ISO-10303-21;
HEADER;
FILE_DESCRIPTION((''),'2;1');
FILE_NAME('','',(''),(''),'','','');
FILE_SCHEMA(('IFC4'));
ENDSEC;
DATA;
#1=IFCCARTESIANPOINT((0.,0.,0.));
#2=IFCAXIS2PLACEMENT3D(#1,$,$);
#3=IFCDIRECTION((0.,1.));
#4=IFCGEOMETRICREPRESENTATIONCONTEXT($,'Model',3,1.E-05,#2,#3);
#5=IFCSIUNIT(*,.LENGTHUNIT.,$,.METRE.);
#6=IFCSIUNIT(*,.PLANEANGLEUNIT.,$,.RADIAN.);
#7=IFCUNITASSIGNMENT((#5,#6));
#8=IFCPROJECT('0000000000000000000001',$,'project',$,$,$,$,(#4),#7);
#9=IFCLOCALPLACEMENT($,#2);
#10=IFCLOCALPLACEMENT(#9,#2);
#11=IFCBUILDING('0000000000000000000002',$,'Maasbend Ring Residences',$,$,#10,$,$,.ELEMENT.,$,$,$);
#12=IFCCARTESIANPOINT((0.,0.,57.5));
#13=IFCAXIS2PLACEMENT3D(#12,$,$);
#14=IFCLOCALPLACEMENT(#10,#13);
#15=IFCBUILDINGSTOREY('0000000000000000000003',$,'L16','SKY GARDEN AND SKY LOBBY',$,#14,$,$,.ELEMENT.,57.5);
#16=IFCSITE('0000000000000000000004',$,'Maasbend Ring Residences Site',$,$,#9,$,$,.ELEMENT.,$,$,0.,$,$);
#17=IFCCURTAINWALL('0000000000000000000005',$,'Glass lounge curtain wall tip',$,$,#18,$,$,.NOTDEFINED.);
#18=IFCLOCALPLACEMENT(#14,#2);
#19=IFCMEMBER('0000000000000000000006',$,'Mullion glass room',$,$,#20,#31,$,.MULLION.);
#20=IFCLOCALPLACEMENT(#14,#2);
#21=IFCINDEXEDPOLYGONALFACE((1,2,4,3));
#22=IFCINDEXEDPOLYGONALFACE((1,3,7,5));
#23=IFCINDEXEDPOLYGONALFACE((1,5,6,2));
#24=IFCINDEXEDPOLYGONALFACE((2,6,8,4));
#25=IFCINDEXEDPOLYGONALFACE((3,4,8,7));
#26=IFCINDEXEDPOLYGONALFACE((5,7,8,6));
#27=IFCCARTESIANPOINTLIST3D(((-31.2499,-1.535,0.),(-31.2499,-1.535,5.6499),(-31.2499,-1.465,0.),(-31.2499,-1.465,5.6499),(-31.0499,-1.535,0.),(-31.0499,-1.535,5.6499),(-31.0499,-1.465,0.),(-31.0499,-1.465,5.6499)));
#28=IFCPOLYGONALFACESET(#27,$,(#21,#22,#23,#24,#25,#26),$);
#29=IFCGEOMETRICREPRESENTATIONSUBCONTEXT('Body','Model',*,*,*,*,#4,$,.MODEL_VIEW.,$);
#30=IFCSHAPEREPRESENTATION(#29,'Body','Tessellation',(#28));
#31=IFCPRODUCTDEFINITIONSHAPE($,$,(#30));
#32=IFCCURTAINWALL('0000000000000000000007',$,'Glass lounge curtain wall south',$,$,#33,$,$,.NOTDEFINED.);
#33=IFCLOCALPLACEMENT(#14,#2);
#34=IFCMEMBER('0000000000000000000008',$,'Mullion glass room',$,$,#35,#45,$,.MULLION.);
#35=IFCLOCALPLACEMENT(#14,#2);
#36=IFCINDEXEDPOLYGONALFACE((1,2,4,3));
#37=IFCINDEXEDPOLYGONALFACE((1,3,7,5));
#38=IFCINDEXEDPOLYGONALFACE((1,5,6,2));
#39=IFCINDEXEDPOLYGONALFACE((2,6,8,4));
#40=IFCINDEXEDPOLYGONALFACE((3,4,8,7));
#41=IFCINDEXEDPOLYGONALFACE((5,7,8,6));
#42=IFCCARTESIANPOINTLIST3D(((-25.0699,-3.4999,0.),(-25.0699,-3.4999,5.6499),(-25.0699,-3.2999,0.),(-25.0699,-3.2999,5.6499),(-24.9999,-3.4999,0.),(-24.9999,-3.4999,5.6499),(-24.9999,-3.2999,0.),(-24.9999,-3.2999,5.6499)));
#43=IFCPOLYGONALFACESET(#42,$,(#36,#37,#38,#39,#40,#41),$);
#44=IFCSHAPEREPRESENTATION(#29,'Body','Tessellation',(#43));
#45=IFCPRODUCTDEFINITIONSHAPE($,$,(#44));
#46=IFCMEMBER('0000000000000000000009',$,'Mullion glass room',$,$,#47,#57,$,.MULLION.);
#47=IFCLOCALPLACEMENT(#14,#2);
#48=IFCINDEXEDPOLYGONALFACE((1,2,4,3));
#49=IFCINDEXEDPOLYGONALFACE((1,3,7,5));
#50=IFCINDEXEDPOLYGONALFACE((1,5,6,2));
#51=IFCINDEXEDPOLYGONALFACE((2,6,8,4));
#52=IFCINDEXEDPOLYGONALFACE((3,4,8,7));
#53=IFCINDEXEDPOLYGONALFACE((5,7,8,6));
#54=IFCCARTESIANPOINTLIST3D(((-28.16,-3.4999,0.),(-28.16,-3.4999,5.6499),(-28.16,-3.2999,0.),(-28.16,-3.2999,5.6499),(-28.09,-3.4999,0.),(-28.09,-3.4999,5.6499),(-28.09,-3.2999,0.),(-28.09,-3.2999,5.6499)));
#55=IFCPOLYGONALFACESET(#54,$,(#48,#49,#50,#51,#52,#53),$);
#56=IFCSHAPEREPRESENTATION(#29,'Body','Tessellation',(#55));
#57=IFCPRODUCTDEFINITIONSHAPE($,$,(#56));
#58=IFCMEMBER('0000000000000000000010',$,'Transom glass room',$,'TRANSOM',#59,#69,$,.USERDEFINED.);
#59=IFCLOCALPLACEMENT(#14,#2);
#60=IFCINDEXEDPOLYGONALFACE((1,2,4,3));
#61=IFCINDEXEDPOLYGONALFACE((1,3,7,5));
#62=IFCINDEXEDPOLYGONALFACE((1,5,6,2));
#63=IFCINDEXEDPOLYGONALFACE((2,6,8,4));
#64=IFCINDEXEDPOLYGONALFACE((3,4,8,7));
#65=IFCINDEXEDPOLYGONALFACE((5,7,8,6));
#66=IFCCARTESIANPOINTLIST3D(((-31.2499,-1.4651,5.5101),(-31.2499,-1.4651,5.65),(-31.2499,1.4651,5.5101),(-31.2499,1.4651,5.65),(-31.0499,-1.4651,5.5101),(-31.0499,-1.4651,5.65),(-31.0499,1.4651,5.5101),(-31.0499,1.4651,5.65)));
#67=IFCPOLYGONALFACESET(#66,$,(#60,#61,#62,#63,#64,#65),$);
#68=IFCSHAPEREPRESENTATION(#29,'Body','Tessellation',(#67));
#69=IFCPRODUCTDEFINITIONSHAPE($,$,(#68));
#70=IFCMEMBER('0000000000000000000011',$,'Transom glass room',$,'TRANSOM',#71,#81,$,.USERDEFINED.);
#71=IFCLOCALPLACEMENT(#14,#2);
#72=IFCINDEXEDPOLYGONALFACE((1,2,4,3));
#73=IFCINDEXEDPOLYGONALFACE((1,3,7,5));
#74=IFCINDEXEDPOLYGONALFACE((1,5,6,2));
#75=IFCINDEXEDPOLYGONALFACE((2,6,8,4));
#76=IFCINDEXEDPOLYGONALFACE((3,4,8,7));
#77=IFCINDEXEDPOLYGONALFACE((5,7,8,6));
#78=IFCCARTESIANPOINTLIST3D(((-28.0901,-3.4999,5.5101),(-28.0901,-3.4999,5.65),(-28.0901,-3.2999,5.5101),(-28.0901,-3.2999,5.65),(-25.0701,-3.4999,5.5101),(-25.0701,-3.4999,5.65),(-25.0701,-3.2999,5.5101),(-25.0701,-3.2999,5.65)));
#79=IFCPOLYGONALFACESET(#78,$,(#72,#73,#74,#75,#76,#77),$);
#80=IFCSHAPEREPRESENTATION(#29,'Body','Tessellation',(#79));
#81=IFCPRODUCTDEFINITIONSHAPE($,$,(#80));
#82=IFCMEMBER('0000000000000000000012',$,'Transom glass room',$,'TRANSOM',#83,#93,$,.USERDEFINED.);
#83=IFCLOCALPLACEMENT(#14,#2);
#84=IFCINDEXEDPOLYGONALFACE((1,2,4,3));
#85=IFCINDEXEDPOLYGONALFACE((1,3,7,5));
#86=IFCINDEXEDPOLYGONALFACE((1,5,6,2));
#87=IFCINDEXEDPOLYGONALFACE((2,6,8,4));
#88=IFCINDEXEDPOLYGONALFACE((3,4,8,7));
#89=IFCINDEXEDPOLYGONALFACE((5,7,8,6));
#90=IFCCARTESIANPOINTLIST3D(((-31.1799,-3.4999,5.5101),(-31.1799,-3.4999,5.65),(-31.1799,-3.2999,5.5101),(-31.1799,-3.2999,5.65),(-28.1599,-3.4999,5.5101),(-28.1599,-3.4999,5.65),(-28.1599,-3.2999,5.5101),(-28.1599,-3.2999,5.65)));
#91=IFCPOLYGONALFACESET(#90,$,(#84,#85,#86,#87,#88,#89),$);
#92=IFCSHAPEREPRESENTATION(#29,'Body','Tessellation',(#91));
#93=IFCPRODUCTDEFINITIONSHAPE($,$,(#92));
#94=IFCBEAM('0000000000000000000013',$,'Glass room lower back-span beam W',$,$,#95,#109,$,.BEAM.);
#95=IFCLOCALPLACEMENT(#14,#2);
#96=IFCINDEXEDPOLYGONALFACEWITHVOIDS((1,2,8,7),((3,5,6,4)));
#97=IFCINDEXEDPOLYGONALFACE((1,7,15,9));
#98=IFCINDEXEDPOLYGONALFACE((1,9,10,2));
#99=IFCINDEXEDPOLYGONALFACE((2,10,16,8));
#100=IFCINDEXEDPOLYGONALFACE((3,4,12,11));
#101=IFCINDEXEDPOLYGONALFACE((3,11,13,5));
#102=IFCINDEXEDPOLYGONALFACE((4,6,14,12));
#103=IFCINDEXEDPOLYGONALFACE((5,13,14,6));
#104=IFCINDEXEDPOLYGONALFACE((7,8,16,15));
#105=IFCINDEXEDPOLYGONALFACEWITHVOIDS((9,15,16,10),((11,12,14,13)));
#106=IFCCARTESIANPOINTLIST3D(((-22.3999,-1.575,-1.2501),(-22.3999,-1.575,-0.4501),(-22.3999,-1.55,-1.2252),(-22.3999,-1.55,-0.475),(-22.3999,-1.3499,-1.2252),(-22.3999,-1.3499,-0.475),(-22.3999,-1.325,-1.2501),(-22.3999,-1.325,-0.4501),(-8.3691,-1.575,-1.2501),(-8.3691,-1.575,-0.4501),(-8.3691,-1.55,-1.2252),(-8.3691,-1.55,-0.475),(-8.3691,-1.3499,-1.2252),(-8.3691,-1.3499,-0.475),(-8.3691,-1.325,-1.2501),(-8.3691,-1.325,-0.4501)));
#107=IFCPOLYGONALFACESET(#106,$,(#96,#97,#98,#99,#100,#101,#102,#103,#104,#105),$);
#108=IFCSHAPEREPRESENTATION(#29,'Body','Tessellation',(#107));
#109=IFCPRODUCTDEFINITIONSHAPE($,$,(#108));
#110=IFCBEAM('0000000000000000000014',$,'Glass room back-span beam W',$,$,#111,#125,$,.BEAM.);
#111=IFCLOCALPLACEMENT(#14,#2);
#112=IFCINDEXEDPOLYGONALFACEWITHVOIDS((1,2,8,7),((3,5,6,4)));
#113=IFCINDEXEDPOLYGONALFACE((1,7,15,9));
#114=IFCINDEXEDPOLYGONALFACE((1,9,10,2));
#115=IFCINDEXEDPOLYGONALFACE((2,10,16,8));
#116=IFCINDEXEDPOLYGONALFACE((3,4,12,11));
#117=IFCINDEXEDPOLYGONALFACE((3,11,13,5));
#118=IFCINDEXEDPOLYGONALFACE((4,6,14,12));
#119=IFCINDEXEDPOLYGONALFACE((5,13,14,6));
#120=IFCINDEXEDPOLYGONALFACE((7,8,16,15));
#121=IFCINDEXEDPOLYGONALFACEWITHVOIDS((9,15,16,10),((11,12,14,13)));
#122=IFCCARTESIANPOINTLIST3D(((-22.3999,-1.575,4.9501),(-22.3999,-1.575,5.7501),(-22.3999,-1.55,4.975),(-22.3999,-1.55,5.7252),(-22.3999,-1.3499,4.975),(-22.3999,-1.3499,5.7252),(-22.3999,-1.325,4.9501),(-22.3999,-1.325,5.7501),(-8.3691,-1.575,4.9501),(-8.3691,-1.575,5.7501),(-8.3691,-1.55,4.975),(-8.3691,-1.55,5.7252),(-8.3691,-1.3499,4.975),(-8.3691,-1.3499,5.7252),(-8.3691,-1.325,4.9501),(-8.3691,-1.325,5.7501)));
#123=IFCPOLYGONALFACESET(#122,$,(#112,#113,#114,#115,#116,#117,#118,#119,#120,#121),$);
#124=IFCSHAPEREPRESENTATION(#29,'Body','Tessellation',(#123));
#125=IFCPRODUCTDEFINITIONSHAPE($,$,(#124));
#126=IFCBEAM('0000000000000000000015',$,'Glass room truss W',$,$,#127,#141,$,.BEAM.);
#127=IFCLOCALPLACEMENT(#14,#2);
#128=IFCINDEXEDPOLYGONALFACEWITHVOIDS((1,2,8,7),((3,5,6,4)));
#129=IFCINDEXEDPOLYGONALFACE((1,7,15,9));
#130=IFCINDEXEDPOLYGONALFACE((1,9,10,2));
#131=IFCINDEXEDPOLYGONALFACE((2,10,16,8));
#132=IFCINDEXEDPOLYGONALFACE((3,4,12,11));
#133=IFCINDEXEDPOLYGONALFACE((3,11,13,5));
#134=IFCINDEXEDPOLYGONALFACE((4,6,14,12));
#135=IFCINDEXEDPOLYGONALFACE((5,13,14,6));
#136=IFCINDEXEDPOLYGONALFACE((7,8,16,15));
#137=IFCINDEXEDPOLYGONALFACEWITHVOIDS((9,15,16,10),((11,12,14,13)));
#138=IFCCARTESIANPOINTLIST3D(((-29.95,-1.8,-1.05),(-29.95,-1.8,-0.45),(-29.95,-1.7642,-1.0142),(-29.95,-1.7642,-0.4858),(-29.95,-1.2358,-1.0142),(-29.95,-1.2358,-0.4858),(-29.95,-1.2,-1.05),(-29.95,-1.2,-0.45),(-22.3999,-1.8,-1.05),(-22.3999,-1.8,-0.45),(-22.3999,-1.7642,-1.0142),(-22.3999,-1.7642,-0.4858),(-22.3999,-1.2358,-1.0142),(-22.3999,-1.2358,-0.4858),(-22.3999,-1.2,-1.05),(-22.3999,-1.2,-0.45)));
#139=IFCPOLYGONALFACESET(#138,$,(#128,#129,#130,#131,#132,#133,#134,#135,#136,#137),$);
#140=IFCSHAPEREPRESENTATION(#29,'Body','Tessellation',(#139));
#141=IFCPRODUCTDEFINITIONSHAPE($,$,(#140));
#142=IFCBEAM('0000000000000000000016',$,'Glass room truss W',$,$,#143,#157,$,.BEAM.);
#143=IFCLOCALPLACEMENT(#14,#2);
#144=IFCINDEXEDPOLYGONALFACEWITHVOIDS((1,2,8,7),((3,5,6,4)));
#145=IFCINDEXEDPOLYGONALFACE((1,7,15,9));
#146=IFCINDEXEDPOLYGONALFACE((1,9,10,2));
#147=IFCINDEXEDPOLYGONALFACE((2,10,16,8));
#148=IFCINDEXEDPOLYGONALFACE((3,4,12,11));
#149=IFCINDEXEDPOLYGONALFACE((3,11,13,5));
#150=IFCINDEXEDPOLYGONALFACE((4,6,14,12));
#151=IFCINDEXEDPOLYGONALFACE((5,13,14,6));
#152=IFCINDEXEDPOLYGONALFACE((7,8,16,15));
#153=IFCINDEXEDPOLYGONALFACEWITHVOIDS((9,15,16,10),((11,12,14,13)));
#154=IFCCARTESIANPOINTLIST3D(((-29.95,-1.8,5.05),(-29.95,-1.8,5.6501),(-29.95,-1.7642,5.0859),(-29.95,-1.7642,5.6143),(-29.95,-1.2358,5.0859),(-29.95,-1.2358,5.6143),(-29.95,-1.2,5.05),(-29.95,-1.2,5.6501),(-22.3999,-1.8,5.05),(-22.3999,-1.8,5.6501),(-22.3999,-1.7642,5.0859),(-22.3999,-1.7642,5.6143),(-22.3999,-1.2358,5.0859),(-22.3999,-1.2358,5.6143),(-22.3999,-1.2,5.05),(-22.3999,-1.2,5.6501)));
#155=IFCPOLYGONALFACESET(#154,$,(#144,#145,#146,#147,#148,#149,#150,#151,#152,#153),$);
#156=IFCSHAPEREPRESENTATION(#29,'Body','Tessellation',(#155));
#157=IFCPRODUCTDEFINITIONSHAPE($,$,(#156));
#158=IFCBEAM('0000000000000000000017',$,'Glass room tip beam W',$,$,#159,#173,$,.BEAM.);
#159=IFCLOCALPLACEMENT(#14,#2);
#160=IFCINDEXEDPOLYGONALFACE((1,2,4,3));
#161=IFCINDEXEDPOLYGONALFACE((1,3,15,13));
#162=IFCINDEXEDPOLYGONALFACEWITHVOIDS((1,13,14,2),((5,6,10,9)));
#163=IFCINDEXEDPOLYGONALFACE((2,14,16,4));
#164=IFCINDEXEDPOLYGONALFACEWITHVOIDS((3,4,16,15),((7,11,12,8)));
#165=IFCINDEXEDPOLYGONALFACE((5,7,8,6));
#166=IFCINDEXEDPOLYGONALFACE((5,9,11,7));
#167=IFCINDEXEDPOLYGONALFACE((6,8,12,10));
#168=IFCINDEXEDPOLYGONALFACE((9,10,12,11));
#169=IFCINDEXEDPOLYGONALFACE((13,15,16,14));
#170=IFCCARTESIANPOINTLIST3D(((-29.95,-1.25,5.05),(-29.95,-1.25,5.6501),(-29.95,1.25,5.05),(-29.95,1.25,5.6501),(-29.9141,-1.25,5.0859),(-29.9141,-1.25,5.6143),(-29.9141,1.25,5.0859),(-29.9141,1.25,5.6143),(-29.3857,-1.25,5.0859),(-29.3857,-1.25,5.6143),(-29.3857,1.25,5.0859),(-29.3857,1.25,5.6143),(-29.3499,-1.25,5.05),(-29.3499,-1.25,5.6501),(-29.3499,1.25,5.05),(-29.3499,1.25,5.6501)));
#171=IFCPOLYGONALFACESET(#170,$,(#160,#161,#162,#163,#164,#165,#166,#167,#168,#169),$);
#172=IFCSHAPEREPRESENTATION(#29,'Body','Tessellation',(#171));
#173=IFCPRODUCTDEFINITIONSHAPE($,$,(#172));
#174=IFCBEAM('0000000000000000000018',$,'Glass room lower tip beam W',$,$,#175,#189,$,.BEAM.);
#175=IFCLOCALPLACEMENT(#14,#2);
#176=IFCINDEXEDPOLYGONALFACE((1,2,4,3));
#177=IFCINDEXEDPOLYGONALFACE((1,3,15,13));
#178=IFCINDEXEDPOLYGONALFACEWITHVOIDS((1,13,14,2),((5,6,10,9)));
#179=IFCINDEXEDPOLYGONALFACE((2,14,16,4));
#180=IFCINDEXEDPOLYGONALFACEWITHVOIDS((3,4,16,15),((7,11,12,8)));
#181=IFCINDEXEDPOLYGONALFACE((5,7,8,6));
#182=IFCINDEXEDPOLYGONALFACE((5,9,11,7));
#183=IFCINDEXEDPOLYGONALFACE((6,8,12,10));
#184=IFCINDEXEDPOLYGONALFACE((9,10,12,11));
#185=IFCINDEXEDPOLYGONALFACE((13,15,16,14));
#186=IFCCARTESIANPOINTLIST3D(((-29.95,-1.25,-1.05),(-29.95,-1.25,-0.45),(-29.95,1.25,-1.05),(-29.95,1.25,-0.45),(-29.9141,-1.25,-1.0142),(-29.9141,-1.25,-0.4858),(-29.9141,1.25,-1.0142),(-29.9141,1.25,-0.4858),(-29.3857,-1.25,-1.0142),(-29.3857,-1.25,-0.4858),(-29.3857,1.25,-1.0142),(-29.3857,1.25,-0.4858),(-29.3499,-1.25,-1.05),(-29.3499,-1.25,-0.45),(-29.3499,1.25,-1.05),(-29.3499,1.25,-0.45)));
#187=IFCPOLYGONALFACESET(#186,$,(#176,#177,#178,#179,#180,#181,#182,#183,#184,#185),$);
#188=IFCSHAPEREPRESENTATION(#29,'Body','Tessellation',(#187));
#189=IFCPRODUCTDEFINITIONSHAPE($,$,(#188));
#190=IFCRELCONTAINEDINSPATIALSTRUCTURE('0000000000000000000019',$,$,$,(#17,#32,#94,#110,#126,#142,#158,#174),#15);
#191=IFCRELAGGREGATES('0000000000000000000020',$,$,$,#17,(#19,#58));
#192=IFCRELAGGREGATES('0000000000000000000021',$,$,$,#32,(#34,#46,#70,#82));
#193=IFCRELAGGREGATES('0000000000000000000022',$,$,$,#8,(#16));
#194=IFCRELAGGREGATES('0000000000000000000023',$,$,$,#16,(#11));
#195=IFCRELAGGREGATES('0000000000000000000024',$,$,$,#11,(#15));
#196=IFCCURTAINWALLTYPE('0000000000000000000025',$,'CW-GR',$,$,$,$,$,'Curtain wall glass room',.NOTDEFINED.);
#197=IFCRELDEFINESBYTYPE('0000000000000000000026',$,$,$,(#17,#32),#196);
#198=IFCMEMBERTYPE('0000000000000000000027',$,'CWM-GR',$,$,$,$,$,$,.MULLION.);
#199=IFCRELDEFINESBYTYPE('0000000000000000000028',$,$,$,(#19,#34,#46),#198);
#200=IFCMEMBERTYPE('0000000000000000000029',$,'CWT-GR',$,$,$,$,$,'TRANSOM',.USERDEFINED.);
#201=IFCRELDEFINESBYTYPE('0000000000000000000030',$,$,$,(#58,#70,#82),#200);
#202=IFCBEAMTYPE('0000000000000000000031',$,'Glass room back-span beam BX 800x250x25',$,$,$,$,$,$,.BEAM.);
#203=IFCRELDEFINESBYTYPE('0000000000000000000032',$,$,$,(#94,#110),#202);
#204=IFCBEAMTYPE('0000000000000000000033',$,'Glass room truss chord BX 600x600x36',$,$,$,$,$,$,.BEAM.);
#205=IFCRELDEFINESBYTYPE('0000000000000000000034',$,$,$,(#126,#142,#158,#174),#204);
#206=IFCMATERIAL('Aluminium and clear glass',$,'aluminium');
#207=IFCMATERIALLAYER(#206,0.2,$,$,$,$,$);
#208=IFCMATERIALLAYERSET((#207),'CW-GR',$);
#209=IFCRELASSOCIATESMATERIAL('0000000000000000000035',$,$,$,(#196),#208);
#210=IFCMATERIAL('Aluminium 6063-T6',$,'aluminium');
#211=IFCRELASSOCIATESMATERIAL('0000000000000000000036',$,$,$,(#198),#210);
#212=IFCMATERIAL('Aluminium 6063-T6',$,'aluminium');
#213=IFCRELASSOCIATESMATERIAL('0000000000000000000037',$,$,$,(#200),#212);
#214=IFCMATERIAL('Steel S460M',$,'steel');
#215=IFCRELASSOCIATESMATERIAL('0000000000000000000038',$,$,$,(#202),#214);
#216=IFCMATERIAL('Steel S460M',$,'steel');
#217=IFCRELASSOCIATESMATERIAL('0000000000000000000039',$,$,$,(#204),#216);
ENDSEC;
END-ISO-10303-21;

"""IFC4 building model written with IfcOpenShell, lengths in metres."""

from ifc_helpers import new_model, si_unit, direction, frame, origin, origin_2d, place, context, subcontext, project, spatial, rectangle, hollow_rectangle, extrude, material, layer, layer_set, material_profile, profile_set, type_object, element, aggregate, save


model = new_model("IFC4")

# Units and contexts
model_context = context("Model", 3, precision=1e-05, world=origin(), true_north=direction((0.0, 1.0)))
body_context = subcontext(model_context, "Body", "Model", "MODEL_VIEW")
ifc_project = project(units=[si_unit("LENGTHUNIT", "METRE"), si_unit("PLANEANGLEUNIT", "RADIAN")], contexts=[model_context])

# Site, building, storey
site_placement = place(None, origin())
site = spatial("IfcSite", under=ifc_project, at=site_placement, Name="Maasbend Ring Residences Site", CompositionType="ELEMENT", RefElevation=0.0)
building_placement = place(site_placement, origin())
building = spatial("IfcBuilding", under=site, at=building_placement, Name="Maasbend Ring Residences", CompositionType="ELEMENT")
storey_placement = place(building_placement, frame((0.0, 0.0, 57.5)))
storey = spatial("IfcBuildingStorey", under=building, at=storey_placement, Name="L16", Description="SKY GARDEN AND SKY LOBBY", CompositionType="ELEMENT", Elevation=57.5)

# Curtain wall, member
ifc_material_1 = material(Name="Aluminium and clear glass", Category="aluminium")
ifc_layer_1 = layer(ifc_material_1, 0.2)
ifc_layer_set_1 = layer_set([ifc_layer_1], Name="CW-GR")
curtain_wall_type = type_object("IfcCurtainWallType", Name="CW-GR", ElementType="Curtain wall glass room", PredefinedType="NOTDEFINED", material=ifc_layer_set_1)
curtain_wall_1_placement = place(storey_placement, origin())
curtain_wall_1 = element("IfcCurtainWall", 1, at=curtain_wall_1_placement, inside=storey, type_object=curtain_wall_type, Name="Glass lounge curtain wall tip", PredefinedType="NOTDEFINED")
ifc_material_2 = material(Name="Aluminium 6063-T6", Category="aluminium")
ifc_material_profile_1 = material_profile(ifc_material_2, rectangle(XDim=0.2, YDim=0.0701, at=origin_2d()), Name="AL 200x70")
ifc_profile_set_1 = profile_set([ifc_material_profile_1], Name="Aluminium 6063-T6")
member_type_1 = type_object("IfcMemberType", Name="CWM-GR", PredefinedType="MULLION", material=ifc_profile_set_1)
member_1_placement = place(storey_placement, frame((-31.1499, -1.5, 0.0), z_axis=(0.0, 0.0, 1.0), x_axis=(-1.0, 0.0, 0.0)))
member_1 = element("IfcMember", 2, at=member_1_placement, type_object=member_type_1, Name="Mullion glass room", PredefinedType="MULLION", context=body_context, shape_type="SweptSolid", body=[
    extrude(rectangle(XDim=0.2, YDim=0.0701, at=origin_2d()), origin(), (0.0, 0.0, 1.0), 5.6499),
])

# Curtain wall, members
curtain_wall_2_placement = place(storey_placement, origin())
curtain_wall_2 = element("IfcCurtainWall", 3, at=curtain_wall_2_placement, inside=storey, type_object=curtain_wall_type, Name="Glass lounge curtain wall south", PredefinedType="NOTDEFINED")
member_2_placement = place(storey_placement, frame((-25.0349, -3.3999, 0.0), z_axis=(0.0, 0.0, 1.0), x_axis=(0.0, -1.0, 0.0)))
member_2 = element("IfcMember", 4, at=member_2_placement, type_object=member_type_1, Name="Mullion glass room", PredefinedType="MULLION", context=body_context, shape_type="SweptSolid", body=[
    extrude(rectangle(XDim=0.2, YDim=0.0701, at=origin_2d()), origin(), (0.0, 0.0, 1.0), 5.6499),
])
member_3_placement = place(storey_placement, frame((-28.125, -3.3999, 0.0), z_axis=(0.0, 0.0, 1.0), x_axis=(0.0, -1.0, 0.0)))
member_3 = element("IfcMember", 5, at=member_3_placement, type_object=member_type_1, Name="Mullion glass room", PredefinedType="MULLION", context=body_context, shape_type="SweptSolid", body=[
    extrude(rectangle(XDim=0.2, YDim=0.0701, at=origin_2d()), origin(), (0.0, 0.0, 1.0), 5.6499),
])

# Members
ifc_material_3 = material(Name="Aluminium 6063-T6", Category="aluminium")
ifc_material_profile_2 = material_profile(ifc_material_3, rectangle(XDim=0.2, YDim=0.1399, at=origin_2d()), Name="AL 200x140")
ifc_profile_set_2 = profile_set([ifc_material_profile_2], Name="Aluminium 6063-T6")
member_type_2 = type_object("IfcMemberType", Name="CWT-GR", ElementType="TRANSOM", PredefinedType="USERDEFINED", material=ifc_profile_set_2)
member_4_placement = place(storey_placement, frame((-31.1499, -1.4651, 5.5801), z_axis=(0.0, 1.0, 0.0), x_axis=(-1.0, 0.0, 0.0)))
member_4 = element("IfcMember", 6, at=member_4_placement, type_object=member_type_2, Name="Transom glass room", ObjectType="TRANSOM", PredefinedType="USERDEFINED", context=body_context, shape_type="SweptSolid", body=[
    extrude(rectangle(XDim=0.2, YDim=0.1399, at=origin_2d()), origin(), (0.0, 0.0, 1.0), 2.9302),
])
member_5_placement = place(storey_placement, frame((-25.0701, -3.3999, 5.5801), z_axis=(-1.0, 0.0, 0.0), x_axis=(0.0, -1.0, 0.0)))
member_5 = element("IfcMember", 7, at=member_5_placement, type_object=member_type_2, Name="Transom glass room", ObjectType="TRANSOM", PredefinedType="USERDEFINED", context=body_context, shape_type="SweptSolid", body=[
    extrude(rectangle(XDim=0.2, YDim=0.1399, at=origin_2d()), origin(), (0.0, 0.0, 1.0), 3.02),
])
member_6_placement = place(storey_placement, frame((-28.1599, -3.3999, 5.5801), z_axis=(-1.0, 0.0, 0.0), x_axis=(0.0, -1.0, 0.0)))
member_6 = element("IfcMember", 8, at=member_6_placement, type_object=member_type_2, Name="Transom glass room", ObjectType="TRANSOM", PredefinedType="USERDEFINED", context=body_context, shape_type="SweptSolid", body=[
    extrude(rectangle(XDim=0.2, YDim=0.1399, at=origin_2d()), origin(), (0.0, 0.0, 1.0), 3.02),
])

# Beams
ifc_material_4 = material(Name="Steel S460M", Category="steel")
ifc_material_profile_3 = material_profile(ifc_material_4, hollow_rectangle(XDim=0.25, YDim=0.8, WallThickness=0.0249, at=origin_2d()), Name="Glass room back-span beam BX 800x250x25")
ifc_profile_set_3 = profile_set([ifc_material_profile_3], Name="Steel S460M")
beam_type_1 = type_object("IfcBeamType", Name="Glass room back-span beam BX 800x250x25", PredefinedType="BEAM", material=ifc_profile_set_3)
for number, where, z_axis, x_axis, name in (
    (9, (-22.3999, -1.45, -0.8501), (1.0, 0.0, 0.0), (0.0, 1.0, 0.0), "Glass room lower back-span beam W"),
    (10, (-22.3999, -1.45, 5.3501), (1.0, 0.0, 0.0), (0.0, 1.0, 0.0), "Glass room back-span beam W"),
):
    element("IfcBeam", number, at=place(storey_placement, frame(where, z_axis=z_axis, x_axis=x_axis)), inside=storey, type_object=beam_type_1, Name=name, PredefinedType="BEAM", context=body_context, shape_type="SweptSolid", body=[
        extrude(hollow_rectangle(XDim=0.25, YDim=0.8, WallThickness=0.0249, at=origin_2d()), origin(), (0.0, 0.0, 1.0), 14.0308),
    ])
ifc_material_5 = material(Name="Steel S460M", Category="steel")
ifc_material_profile_4 = material_profile(ifc_material_5, hollow_rectangle(XDim=0.6001, YDim=0.6001, WallThickness=0.0359, at=origin_2d()), Name="Glass room truss chord BX 600x600x36")
ifc_profile_set_4 = profile_set([ifc_material_profile_4], Name="Steel S460M")
beam_type_2 = type_object("IfcBeamType", Name="Glass room truss chord BX 600x600x36", PredefinedType="BEAM", material=ifc_profile_set_4)
for number, where, z_axis, x_axis, name in (
    (11, (-22.3999, -1.5, -0.75), (-1.0, 0.0, 0.0), (0.0, -1.0, 0.0), "Glass room truss W"),
    (12, (-22.3999, -1.5, 5.3501), (-1.0, 0.0, 0.0), (0.0, -1.0, 0.0), "Glass room truss W"),
):
    element("IfcBeam", number, at=place(storey_placement, frame(where, z_axis=z_axis, x_axis=x_axis)), inside=storey, type_object=beam_type_2, Name=name, PredefinedType="BEAM", context=body_context, shape_type="SweptSolid", body=[
        extrude(hollow_rectangle(XDim=0.6001, YDim=0.6001, WallThickness=0.0359, at=origin_2d()), origin(), (0.0, 0.0, 1.0), 7.55),
    ])
for number, where, z_axis, x_axis, name in (
    (13, (-29.6499, -1.25, 5.3501), (0.0, 1.0, 0.0), (-1.0, 0.0, 0.0), "Glass room tip beam W"),
    (14, (-29.6499, -1.25, -0.75), (0.0, 1.0, 0.0), (-1.0, 0.0, 0.0), "Glass room lower tip beam W"),
):
    element("IfcBeam", number, at=place(storey_placement, frame(where, z_axis=z_axis, x_axis=x_axis)), inside=storey, type_object=beam_type_2, Name=name, PredefinedType="BEAM", context=body_context, shape_type="SweptSolid", body=[
        extrude(hollow_rectangle(XDim=0.6001, YDim=0.6001, WallThickness=0.0359, at=origin_2d()), origin(), (0.0, 0.0, 1.0), 2.5),
    ])

aggregate(curtain_wall_1, [member_1, member_4])
aggregate(curtain_wall_2, [member_2, member_3, member_5, member_6])

save(model, "model.ifc")
